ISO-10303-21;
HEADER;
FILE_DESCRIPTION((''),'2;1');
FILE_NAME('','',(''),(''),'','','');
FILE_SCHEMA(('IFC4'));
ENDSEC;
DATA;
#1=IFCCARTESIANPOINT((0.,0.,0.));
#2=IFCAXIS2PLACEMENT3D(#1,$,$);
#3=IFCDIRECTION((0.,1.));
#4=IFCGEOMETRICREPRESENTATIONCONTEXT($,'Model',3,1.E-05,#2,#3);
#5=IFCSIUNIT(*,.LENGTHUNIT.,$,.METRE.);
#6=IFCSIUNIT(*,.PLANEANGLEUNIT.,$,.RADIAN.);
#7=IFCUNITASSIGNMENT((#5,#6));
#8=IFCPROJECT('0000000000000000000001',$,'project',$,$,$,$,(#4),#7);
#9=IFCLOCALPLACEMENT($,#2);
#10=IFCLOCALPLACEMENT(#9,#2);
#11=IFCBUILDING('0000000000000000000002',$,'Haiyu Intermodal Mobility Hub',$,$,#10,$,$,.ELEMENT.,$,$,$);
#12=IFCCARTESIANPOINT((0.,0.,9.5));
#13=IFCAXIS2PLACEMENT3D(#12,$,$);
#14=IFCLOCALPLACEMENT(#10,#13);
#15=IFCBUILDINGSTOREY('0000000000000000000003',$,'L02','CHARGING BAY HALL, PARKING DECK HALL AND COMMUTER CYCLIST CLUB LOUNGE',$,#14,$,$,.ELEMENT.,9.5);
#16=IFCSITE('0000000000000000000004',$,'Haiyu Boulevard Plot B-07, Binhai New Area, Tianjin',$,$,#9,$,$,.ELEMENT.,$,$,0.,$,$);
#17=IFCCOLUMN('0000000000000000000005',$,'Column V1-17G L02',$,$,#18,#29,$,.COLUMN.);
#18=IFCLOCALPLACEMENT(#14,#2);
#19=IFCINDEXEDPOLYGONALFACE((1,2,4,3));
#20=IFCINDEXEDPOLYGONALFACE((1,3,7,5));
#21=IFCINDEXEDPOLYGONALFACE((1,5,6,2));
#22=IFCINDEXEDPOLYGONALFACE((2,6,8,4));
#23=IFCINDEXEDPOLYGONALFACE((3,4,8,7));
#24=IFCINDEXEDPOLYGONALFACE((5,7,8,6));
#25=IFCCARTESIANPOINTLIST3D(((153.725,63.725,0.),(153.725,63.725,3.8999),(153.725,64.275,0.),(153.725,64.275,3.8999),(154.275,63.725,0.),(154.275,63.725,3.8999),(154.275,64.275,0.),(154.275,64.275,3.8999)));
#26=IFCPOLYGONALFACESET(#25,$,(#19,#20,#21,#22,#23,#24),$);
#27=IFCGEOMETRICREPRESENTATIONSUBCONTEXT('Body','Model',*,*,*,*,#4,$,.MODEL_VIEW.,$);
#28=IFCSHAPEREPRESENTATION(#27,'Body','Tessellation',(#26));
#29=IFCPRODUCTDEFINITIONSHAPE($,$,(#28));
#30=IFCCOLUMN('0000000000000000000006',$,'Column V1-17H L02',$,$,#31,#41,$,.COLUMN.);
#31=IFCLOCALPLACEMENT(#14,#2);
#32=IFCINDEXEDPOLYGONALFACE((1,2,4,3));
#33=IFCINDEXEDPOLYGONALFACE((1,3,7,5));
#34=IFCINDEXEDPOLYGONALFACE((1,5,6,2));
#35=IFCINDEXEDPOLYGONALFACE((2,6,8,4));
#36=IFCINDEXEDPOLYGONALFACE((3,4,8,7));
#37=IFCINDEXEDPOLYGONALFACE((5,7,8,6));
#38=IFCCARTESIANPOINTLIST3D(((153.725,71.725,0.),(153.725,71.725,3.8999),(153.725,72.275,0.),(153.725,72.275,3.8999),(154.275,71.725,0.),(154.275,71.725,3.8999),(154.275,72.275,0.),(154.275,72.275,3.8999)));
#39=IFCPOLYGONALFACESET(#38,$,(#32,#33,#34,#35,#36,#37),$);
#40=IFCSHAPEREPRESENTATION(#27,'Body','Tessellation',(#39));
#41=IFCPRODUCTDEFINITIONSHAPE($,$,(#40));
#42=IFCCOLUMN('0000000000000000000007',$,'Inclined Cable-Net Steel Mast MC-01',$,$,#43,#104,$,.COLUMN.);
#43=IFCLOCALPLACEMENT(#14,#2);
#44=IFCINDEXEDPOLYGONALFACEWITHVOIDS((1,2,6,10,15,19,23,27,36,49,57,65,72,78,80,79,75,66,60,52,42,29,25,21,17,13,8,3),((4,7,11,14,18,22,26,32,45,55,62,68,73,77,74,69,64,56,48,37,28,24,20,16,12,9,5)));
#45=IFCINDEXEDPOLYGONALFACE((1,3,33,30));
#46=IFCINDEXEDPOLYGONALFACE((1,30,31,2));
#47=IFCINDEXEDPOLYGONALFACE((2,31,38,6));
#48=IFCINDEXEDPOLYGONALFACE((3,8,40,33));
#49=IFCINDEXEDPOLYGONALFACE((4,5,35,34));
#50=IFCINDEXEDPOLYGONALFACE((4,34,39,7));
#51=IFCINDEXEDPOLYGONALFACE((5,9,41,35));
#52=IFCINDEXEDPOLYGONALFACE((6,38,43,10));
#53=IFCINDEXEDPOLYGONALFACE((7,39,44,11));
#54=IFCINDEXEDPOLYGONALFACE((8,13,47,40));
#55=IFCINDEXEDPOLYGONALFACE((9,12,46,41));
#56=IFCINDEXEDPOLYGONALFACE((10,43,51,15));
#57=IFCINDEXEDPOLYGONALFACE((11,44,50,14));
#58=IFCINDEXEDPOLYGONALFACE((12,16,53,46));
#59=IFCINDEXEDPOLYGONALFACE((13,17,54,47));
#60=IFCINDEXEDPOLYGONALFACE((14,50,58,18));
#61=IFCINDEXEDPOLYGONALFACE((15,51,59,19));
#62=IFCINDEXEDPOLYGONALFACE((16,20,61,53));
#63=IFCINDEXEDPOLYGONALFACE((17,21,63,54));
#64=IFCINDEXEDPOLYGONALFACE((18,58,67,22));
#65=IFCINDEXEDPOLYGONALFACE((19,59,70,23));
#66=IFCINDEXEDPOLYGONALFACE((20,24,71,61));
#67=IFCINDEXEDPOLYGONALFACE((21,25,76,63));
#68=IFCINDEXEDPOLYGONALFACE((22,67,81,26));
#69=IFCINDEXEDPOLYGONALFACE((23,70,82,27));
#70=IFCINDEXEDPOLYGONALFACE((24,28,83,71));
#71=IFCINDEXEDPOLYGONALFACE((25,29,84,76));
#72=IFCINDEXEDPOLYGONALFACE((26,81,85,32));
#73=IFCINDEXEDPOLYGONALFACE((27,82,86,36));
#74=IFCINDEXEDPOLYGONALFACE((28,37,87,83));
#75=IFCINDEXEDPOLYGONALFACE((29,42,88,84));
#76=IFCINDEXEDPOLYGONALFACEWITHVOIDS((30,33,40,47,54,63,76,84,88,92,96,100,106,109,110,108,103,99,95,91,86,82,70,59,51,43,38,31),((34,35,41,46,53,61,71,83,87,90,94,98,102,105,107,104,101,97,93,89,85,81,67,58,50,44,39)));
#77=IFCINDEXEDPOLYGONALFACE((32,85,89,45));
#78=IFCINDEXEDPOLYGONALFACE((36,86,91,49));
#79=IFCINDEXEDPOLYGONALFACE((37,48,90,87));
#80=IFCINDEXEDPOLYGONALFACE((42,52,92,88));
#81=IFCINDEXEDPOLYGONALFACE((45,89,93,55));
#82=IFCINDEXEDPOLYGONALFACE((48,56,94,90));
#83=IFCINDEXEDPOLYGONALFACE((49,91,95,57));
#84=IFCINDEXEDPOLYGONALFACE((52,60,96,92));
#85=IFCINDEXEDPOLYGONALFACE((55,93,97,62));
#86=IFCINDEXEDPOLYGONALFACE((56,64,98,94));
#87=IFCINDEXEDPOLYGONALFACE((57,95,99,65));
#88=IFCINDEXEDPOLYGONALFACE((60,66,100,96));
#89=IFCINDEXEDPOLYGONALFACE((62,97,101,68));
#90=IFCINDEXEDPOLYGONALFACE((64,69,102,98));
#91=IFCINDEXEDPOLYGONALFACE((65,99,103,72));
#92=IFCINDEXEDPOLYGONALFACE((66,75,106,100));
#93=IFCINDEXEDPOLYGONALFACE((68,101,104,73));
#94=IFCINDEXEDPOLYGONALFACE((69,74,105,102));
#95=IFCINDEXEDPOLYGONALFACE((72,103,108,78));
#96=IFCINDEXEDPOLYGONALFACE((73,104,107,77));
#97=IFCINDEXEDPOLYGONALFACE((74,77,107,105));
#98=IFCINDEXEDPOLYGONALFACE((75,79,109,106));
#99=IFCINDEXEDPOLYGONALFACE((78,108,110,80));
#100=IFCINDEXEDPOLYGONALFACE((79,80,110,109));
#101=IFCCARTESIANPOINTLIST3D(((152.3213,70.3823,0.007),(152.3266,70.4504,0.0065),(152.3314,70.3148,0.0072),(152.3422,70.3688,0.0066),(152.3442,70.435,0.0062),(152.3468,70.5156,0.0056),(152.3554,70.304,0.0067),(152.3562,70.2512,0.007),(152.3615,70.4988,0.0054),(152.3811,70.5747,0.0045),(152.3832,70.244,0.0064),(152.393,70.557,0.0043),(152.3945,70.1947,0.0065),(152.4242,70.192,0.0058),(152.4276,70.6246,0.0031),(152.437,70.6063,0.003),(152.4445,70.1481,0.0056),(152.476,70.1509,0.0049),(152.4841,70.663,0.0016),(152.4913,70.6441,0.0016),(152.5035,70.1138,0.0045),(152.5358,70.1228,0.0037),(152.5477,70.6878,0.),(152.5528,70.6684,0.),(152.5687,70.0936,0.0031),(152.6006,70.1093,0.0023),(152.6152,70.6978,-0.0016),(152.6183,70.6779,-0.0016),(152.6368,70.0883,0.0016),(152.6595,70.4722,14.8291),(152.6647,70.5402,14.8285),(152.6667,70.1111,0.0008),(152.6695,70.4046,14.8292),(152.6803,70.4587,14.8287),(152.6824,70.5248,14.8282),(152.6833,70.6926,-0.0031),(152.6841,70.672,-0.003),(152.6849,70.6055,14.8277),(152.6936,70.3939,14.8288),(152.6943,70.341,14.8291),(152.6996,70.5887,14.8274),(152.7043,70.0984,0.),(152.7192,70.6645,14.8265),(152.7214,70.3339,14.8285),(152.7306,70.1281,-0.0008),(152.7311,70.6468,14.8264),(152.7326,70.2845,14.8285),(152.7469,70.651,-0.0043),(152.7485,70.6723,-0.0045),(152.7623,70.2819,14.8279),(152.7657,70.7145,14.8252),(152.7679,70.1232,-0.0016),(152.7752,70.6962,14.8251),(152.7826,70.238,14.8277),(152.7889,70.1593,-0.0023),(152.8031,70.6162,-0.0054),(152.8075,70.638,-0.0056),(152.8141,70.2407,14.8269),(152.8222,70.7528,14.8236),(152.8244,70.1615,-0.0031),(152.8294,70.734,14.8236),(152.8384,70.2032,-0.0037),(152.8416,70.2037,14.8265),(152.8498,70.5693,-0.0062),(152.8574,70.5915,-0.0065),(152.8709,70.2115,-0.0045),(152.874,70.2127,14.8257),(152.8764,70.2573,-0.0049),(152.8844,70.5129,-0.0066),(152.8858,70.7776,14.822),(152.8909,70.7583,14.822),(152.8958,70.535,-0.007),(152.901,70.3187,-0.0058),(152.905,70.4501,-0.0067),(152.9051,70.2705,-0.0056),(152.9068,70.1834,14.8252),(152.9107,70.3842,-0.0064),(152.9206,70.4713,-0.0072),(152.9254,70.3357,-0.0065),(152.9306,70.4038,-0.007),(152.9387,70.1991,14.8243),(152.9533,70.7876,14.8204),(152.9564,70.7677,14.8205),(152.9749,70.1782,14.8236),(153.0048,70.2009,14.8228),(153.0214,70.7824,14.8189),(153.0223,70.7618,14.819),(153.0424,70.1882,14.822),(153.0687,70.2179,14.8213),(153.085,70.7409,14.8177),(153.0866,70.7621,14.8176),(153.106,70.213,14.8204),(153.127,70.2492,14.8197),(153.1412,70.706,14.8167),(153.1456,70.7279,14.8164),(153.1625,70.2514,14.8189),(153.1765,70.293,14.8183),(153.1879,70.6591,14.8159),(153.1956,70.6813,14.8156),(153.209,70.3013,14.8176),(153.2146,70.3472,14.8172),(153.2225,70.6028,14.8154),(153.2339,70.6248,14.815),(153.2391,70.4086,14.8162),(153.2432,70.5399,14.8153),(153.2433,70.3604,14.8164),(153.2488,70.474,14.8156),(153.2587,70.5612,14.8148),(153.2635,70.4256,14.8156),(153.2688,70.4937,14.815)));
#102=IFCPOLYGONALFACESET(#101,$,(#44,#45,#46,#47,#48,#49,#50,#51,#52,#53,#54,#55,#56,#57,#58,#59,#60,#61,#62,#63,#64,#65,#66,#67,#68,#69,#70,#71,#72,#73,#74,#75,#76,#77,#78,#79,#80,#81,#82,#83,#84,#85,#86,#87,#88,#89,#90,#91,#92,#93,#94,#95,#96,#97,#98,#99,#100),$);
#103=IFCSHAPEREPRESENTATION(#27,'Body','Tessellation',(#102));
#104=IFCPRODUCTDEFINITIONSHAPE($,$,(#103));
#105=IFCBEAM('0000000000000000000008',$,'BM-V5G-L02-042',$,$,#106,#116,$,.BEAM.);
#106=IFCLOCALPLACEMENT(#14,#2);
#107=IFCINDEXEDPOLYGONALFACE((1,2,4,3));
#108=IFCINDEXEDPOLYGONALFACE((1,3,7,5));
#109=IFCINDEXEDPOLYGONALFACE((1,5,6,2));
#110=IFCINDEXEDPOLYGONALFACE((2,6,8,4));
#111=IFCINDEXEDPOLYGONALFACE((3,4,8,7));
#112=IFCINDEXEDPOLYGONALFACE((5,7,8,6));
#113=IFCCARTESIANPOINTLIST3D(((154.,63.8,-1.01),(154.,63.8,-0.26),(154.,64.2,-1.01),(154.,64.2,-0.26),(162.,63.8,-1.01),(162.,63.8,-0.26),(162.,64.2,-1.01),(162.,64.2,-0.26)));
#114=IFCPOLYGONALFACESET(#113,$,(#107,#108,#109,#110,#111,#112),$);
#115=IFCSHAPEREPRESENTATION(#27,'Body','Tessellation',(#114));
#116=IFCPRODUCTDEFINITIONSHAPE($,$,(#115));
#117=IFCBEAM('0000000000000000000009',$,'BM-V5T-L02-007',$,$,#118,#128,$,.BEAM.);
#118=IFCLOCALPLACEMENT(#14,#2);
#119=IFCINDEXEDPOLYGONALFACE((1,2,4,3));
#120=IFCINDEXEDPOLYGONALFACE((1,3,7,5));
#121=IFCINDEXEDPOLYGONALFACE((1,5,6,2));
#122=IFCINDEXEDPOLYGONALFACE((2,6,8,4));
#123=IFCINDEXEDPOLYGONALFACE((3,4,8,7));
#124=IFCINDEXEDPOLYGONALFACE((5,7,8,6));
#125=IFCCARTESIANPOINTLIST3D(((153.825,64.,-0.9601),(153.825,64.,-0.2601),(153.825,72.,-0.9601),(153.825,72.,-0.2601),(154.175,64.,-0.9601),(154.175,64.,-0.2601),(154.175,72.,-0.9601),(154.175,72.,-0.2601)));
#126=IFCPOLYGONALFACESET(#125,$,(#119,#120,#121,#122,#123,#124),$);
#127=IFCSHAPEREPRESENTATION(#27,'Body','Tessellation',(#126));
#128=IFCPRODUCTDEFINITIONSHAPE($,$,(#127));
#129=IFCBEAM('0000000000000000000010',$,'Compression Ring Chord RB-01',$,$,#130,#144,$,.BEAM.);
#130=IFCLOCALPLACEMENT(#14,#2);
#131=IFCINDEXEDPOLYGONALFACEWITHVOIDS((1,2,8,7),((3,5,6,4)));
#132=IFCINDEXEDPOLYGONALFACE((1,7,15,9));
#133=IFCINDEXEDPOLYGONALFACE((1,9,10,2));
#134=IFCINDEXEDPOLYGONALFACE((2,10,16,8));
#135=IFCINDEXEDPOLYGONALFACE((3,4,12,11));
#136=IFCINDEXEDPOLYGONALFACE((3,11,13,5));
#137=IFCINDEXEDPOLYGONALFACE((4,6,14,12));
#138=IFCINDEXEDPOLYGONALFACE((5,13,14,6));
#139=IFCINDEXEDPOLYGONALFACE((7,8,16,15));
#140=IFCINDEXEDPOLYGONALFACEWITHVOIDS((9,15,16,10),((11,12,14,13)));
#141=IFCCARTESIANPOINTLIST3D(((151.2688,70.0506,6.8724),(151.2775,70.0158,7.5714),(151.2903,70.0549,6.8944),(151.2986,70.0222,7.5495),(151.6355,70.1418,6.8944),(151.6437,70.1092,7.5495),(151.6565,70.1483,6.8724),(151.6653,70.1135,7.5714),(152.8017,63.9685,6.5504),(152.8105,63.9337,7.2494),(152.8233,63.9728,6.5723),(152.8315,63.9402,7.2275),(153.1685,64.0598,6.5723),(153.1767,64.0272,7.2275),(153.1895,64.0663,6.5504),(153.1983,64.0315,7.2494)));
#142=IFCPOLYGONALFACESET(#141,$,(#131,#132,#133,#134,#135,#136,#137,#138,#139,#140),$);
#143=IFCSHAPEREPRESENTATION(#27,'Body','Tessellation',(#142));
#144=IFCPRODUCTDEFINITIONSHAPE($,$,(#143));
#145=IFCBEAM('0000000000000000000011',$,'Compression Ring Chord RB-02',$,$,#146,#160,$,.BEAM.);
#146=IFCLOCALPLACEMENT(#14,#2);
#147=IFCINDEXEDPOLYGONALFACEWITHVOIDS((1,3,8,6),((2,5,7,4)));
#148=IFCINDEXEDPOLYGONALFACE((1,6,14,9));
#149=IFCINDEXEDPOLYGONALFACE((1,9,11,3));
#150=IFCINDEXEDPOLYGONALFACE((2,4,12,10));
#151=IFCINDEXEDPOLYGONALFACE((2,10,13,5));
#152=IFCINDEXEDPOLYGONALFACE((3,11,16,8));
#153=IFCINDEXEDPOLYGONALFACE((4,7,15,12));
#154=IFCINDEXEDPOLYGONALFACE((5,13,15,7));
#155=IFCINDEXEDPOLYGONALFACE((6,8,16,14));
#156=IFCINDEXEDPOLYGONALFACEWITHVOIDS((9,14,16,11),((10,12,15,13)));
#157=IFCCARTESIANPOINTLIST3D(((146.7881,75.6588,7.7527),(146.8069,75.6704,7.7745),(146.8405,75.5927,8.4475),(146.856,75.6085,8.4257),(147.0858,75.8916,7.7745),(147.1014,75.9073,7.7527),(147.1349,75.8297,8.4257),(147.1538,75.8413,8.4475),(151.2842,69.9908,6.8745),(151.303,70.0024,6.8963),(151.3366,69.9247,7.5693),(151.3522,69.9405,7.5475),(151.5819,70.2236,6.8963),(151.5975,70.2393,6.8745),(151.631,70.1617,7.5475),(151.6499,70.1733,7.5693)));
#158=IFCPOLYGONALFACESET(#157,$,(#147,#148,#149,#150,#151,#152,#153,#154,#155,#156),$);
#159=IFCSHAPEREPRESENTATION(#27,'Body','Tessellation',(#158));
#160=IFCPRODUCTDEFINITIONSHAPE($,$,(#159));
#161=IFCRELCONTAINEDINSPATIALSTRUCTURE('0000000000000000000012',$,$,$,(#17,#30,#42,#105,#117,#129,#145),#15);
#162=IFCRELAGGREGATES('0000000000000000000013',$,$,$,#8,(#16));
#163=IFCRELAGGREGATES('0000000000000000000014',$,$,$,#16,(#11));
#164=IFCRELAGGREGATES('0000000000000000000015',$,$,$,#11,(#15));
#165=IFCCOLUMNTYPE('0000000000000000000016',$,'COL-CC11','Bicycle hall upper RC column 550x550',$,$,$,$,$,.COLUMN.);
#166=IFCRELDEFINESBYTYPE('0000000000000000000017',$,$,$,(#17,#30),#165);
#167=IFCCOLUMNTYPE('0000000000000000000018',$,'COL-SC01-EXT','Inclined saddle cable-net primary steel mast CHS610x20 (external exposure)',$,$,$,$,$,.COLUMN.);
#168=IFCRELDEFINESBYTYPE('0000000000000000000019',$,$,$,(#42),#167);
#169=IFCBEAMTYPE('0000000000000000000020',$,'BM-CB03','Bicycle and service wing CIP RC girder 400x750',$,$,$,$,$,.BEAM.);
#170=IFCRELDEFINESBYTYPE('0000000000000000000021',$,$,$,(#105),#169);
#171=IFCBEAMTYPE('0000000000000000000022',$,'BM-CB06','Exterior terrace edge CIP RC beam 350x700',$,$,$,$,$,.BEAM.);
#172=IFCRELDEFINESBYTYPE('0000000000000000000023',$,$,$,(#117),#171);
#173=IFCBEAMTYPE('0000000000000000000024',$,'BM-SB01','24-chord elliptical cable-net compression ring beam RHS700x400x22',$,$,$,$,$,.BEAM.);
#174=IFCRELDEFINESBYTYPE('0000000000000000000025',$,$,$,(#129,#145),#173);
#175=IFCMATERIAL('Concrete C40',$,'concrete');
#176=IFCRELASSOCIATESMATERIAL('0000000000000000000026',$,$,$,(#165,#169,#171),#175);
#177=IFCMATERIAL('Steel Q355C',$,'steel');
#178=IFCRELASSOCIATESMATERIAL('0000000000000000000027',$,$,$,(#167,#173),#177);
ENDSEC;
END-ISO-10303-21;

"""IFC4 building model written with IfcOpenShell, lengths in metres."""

from ifc_helpers import new_model, si_unit, direction, frame, origin, origin_2d, place, context, subcontext, project, spatial, rectangle, hollow_rectangle, hollow_circle, extrude, material, material_profile, profile_set, type_object, element, save


model = new_model("IFC4")

# Units and contexts
model_context = context("Model", 3, precision=1e-05, world=origin(), true_north=direction((0.0, 1.0)))
body_context = subcontext(model_context, "Body", "Model", "MODEL_VIEW")
ifc_project = project(units=[si_unit("LENGTHUNIT", "METRE"), si_unit("PLANEANGLEUNIT", "RADIAN")], contexts=[model_context])

# Site, building, storey
site_placement = place(None, origin())
site = spatial("IfcSite", under=ifc_project, at=site_placement, Name="Haiyu Boulevard Plot B-07, Binhai New Area, Tianjin", CompositionType="ELEMENT", RefElevation=0.0)
building_placement = place(site_placement, origin())
building = spatial("IfcBuilding", under=site, at=building_placement, Name="Haiyu Intermodal Mobility Hub", CompositionType="ELEMENT")
storey_placement = place(building_placement, frame((0.0, 0.0, 9.5)))
storey = spatial("IfcBuildingStorey", under=building, at=storey_placement, Name="L02", Description="CHARGING BAY HALL, PARKING DECK HALL AND COMMUTER CYCLIST CLUB LOUNGE", CompositionType="ELEMENT", Elevation=9.5)

# Columns
ifc_material_1 = material(Name="Concrete C40", Category="concrete")
ifc_material_profile_1 = material_profile(ifc_material_1, rectangle(XDim=0.55, YDim=0.55, at=origin_2d()), Name="RC550x550")
ifc_profile_set_1 = profile_set([ifc_material_profile_1], Name="Concrete C40")
column_type_1 = type_object("IfcColumnType", Name="COL-CC11", Description="Bicycle hall upper RC column 550x550", PredefinedType="COLUMN", material=ifc_profile_set_1)
for number, where, z_axis, x_axis, name in (
    (1, (154.0, 64.0, 0.0), (0.0, 0.0, 1.0), (1.0, 0.0, 0.0), "Column V1-17G L02"),
    (2, (154.0, 72.0, 0.0), (0.0, 0.0, 1.0), (1.0, 0.0, 0.0), "Column V1-17H L02"),
):
    element("IfcColumn", number, at=place(storey_placement, frame(where, z_axis=z_axis, x_axis=x_axis)), inside=storey, type_object=column_type_1, Name=name, PredefinedType="COLUMN", context=body_context, shape_type="SweptSolid", body=[
        extrude(rectangle(XDim=0.55, YDim=0.55, at=origin_2d()), origin(), (0.0, 0.0, 1.0), 3.8999),
    ])
ifc_material_2 = material(Name="Steel Q355C", Category="steel")
ifc_material_profile_2 = material_profile(ifc_material_2, hollow_circle(Radius=0.3049, WallThickness=0.02, at=origin_2d()), Name="CHS610x20")
ifc_profile_set_2 = profile_set([ifc_material_profile_2], Name="Steel Q355C")
column_type_2 = type_object("IfcColumnType", Name="COL-SC01-EXT", Description="Inclined saddle cable-net primary steel mast CHS610x20 (external exposure)", PredefinedType="COLUMN", material=ifc_profile_set_2)
column_placement = place(storey_placement, frame((152.626, 70.3931, 0.0), z_axis=(0.022807, 0.00606, 0.999722), x_axis=(-0.256794, 0.966466, 0.0)))
element("IfcColumn", 3, at=column_placement, inside=storey, type_object=column_type_2, Name="Inclined Cable-Net Steel Mast MC-01", PredefinedType="COLUMN", context=body_context, shape_type="SweptSolid", body=[
    extrude(hollow_circle(Radius=0.3049, WallThickness=0.02, at=origin_2d()), origin(), (0.0, 0.0, 1.0), 14.8262),
])

# Beams
ifc_material_profile_3 = material_profile(ifc_material_1, rectangle(XDim=0.3999, YDim=0.75, at=origin_2d()), Name="RCB400x750")
ifc_profile_set_3 = profile_set([ifc_material_profile_3], Name="Concrete C40")
beam_type_1 = type_object("IfcBeamType", Name="BM-CB03", Description="Bicycle and service wing CIP RC girder 400x750", PredefinedType="BEAM", material=ifc_profile_set_3)
beam_1_placement = place(storey_placement, frame((154.0, 64.0, -0.635), z_axis=(1.0, 0.0, 0.0), x_axis=(0.0, 1.0, 0.0)))
element("IfcBeam", 4, at=beam_1_placement, inside=storey, type_object=beam_type_1, Name="BM-V5G-L02-042", PredefinedType="BEAM", context=body_context, shape_type="SweptSolid", body=[
    extrude(rectangle(XDim=0.3999, YDim=0.75, at=origin_2d()), origin(), (0.0, 0.0, 1.0), 8.0),
])
ifc_material_profile_4 = material_profile(ifc_material_1, rectangle(XDim=0.3501, YDim=0.7, at=origin_2d()), Name="RCB350x700")
ifc_profile_set_4 = profile_set([ifc_material_profile_4], Name="Concrete C40")
beam_type_2 = type_object("IfcBeamType", Name="BM-CB06", Description="Exterior terrace edge CIP RC beam 350x700", PredefinedType="BEAM", material=ifc_profile_set_4)
beam_2_placement = place(storey_placement, frame((154.0, 64.0, -0.6101), z_axis=(0.0, 1.0, 0.0), x_axis=(-1.0, 0.0, 0.0)))
element("IfcBeam", 5, at=beam_2_placement, inside=storey, type_object=beam_type_2, Name="BM-V5T-L02-007", PredefinedType="BEAM", context=body_context, shape_type="SweptSolid", body=[
    extrude(rectangle(XDim=0.3501, YDim=0.7, at=origin_2d()), origin(), (0.0, 0.0, 1.0), 8.0),
])
ifc_material_profile_5 = material_profile(ifc_material_2, hollow_rectangle(XDim=0.3999, YDim=0.7, WallThickness=0.022, at=origin_2d()), Name="RHS700x400x22")
ifc_profile_set_5 = profile_set([ifc_material_profile_5], Name="Steel Q355C")
beam_type_3 = type_object("IfcBeamType", Name="BM-SB01", Description="24-chord elliptical cable-net compression ring beam RHS700x400x22", PredefinedType="BEAM", material=ifc_profile_set_5)
beam_3_placement = place(storey_placement, frame((153.0, 64.0, 6.8999), z_axis=(-0.244082, 0.968398, 0.051273), x_axis=(-0.969674, -0.244404, 0.0)))
element("IfcBeam", 6, at=beam_3_placement, inside=storey, type_object=beam_type_3, Name="Compression Ring Chord RB-01", PredefinedType="BEAM", context=body_context, shape_type="SweptSolid", body=[
    extrude(hollow_rectangle(XDim=0.3999, YDim=0.7, WallThickness=0.022, at=origin_2d()), origin(), (0.0, 0.0, 1.0), 6.2805),
])
beam_4_placement = place(storey_placement, frame((151.467, 70.082, 7.2219), z_axis=(-0.616935, 0.777735, 0.120499), x_axis=(-0.783443, -0.621463, 0.0)))
element("IfcBeam", 7, at=beam_4_placement, inside=storey, type_object=beam_type_3, Name="Compression Ring Chord RB-02", PredefinedType="BEAM", context=body_context, shape_type="SweptSolid", body=[
    extrude(hollow_rectangle(XDim=0.3999, YDim=0.7, WallThickness=0.022, at=origin_2d()), origin(), (0.0, 0.0, 1.0), 7.2878),
])

save(model, "model.ifc")
